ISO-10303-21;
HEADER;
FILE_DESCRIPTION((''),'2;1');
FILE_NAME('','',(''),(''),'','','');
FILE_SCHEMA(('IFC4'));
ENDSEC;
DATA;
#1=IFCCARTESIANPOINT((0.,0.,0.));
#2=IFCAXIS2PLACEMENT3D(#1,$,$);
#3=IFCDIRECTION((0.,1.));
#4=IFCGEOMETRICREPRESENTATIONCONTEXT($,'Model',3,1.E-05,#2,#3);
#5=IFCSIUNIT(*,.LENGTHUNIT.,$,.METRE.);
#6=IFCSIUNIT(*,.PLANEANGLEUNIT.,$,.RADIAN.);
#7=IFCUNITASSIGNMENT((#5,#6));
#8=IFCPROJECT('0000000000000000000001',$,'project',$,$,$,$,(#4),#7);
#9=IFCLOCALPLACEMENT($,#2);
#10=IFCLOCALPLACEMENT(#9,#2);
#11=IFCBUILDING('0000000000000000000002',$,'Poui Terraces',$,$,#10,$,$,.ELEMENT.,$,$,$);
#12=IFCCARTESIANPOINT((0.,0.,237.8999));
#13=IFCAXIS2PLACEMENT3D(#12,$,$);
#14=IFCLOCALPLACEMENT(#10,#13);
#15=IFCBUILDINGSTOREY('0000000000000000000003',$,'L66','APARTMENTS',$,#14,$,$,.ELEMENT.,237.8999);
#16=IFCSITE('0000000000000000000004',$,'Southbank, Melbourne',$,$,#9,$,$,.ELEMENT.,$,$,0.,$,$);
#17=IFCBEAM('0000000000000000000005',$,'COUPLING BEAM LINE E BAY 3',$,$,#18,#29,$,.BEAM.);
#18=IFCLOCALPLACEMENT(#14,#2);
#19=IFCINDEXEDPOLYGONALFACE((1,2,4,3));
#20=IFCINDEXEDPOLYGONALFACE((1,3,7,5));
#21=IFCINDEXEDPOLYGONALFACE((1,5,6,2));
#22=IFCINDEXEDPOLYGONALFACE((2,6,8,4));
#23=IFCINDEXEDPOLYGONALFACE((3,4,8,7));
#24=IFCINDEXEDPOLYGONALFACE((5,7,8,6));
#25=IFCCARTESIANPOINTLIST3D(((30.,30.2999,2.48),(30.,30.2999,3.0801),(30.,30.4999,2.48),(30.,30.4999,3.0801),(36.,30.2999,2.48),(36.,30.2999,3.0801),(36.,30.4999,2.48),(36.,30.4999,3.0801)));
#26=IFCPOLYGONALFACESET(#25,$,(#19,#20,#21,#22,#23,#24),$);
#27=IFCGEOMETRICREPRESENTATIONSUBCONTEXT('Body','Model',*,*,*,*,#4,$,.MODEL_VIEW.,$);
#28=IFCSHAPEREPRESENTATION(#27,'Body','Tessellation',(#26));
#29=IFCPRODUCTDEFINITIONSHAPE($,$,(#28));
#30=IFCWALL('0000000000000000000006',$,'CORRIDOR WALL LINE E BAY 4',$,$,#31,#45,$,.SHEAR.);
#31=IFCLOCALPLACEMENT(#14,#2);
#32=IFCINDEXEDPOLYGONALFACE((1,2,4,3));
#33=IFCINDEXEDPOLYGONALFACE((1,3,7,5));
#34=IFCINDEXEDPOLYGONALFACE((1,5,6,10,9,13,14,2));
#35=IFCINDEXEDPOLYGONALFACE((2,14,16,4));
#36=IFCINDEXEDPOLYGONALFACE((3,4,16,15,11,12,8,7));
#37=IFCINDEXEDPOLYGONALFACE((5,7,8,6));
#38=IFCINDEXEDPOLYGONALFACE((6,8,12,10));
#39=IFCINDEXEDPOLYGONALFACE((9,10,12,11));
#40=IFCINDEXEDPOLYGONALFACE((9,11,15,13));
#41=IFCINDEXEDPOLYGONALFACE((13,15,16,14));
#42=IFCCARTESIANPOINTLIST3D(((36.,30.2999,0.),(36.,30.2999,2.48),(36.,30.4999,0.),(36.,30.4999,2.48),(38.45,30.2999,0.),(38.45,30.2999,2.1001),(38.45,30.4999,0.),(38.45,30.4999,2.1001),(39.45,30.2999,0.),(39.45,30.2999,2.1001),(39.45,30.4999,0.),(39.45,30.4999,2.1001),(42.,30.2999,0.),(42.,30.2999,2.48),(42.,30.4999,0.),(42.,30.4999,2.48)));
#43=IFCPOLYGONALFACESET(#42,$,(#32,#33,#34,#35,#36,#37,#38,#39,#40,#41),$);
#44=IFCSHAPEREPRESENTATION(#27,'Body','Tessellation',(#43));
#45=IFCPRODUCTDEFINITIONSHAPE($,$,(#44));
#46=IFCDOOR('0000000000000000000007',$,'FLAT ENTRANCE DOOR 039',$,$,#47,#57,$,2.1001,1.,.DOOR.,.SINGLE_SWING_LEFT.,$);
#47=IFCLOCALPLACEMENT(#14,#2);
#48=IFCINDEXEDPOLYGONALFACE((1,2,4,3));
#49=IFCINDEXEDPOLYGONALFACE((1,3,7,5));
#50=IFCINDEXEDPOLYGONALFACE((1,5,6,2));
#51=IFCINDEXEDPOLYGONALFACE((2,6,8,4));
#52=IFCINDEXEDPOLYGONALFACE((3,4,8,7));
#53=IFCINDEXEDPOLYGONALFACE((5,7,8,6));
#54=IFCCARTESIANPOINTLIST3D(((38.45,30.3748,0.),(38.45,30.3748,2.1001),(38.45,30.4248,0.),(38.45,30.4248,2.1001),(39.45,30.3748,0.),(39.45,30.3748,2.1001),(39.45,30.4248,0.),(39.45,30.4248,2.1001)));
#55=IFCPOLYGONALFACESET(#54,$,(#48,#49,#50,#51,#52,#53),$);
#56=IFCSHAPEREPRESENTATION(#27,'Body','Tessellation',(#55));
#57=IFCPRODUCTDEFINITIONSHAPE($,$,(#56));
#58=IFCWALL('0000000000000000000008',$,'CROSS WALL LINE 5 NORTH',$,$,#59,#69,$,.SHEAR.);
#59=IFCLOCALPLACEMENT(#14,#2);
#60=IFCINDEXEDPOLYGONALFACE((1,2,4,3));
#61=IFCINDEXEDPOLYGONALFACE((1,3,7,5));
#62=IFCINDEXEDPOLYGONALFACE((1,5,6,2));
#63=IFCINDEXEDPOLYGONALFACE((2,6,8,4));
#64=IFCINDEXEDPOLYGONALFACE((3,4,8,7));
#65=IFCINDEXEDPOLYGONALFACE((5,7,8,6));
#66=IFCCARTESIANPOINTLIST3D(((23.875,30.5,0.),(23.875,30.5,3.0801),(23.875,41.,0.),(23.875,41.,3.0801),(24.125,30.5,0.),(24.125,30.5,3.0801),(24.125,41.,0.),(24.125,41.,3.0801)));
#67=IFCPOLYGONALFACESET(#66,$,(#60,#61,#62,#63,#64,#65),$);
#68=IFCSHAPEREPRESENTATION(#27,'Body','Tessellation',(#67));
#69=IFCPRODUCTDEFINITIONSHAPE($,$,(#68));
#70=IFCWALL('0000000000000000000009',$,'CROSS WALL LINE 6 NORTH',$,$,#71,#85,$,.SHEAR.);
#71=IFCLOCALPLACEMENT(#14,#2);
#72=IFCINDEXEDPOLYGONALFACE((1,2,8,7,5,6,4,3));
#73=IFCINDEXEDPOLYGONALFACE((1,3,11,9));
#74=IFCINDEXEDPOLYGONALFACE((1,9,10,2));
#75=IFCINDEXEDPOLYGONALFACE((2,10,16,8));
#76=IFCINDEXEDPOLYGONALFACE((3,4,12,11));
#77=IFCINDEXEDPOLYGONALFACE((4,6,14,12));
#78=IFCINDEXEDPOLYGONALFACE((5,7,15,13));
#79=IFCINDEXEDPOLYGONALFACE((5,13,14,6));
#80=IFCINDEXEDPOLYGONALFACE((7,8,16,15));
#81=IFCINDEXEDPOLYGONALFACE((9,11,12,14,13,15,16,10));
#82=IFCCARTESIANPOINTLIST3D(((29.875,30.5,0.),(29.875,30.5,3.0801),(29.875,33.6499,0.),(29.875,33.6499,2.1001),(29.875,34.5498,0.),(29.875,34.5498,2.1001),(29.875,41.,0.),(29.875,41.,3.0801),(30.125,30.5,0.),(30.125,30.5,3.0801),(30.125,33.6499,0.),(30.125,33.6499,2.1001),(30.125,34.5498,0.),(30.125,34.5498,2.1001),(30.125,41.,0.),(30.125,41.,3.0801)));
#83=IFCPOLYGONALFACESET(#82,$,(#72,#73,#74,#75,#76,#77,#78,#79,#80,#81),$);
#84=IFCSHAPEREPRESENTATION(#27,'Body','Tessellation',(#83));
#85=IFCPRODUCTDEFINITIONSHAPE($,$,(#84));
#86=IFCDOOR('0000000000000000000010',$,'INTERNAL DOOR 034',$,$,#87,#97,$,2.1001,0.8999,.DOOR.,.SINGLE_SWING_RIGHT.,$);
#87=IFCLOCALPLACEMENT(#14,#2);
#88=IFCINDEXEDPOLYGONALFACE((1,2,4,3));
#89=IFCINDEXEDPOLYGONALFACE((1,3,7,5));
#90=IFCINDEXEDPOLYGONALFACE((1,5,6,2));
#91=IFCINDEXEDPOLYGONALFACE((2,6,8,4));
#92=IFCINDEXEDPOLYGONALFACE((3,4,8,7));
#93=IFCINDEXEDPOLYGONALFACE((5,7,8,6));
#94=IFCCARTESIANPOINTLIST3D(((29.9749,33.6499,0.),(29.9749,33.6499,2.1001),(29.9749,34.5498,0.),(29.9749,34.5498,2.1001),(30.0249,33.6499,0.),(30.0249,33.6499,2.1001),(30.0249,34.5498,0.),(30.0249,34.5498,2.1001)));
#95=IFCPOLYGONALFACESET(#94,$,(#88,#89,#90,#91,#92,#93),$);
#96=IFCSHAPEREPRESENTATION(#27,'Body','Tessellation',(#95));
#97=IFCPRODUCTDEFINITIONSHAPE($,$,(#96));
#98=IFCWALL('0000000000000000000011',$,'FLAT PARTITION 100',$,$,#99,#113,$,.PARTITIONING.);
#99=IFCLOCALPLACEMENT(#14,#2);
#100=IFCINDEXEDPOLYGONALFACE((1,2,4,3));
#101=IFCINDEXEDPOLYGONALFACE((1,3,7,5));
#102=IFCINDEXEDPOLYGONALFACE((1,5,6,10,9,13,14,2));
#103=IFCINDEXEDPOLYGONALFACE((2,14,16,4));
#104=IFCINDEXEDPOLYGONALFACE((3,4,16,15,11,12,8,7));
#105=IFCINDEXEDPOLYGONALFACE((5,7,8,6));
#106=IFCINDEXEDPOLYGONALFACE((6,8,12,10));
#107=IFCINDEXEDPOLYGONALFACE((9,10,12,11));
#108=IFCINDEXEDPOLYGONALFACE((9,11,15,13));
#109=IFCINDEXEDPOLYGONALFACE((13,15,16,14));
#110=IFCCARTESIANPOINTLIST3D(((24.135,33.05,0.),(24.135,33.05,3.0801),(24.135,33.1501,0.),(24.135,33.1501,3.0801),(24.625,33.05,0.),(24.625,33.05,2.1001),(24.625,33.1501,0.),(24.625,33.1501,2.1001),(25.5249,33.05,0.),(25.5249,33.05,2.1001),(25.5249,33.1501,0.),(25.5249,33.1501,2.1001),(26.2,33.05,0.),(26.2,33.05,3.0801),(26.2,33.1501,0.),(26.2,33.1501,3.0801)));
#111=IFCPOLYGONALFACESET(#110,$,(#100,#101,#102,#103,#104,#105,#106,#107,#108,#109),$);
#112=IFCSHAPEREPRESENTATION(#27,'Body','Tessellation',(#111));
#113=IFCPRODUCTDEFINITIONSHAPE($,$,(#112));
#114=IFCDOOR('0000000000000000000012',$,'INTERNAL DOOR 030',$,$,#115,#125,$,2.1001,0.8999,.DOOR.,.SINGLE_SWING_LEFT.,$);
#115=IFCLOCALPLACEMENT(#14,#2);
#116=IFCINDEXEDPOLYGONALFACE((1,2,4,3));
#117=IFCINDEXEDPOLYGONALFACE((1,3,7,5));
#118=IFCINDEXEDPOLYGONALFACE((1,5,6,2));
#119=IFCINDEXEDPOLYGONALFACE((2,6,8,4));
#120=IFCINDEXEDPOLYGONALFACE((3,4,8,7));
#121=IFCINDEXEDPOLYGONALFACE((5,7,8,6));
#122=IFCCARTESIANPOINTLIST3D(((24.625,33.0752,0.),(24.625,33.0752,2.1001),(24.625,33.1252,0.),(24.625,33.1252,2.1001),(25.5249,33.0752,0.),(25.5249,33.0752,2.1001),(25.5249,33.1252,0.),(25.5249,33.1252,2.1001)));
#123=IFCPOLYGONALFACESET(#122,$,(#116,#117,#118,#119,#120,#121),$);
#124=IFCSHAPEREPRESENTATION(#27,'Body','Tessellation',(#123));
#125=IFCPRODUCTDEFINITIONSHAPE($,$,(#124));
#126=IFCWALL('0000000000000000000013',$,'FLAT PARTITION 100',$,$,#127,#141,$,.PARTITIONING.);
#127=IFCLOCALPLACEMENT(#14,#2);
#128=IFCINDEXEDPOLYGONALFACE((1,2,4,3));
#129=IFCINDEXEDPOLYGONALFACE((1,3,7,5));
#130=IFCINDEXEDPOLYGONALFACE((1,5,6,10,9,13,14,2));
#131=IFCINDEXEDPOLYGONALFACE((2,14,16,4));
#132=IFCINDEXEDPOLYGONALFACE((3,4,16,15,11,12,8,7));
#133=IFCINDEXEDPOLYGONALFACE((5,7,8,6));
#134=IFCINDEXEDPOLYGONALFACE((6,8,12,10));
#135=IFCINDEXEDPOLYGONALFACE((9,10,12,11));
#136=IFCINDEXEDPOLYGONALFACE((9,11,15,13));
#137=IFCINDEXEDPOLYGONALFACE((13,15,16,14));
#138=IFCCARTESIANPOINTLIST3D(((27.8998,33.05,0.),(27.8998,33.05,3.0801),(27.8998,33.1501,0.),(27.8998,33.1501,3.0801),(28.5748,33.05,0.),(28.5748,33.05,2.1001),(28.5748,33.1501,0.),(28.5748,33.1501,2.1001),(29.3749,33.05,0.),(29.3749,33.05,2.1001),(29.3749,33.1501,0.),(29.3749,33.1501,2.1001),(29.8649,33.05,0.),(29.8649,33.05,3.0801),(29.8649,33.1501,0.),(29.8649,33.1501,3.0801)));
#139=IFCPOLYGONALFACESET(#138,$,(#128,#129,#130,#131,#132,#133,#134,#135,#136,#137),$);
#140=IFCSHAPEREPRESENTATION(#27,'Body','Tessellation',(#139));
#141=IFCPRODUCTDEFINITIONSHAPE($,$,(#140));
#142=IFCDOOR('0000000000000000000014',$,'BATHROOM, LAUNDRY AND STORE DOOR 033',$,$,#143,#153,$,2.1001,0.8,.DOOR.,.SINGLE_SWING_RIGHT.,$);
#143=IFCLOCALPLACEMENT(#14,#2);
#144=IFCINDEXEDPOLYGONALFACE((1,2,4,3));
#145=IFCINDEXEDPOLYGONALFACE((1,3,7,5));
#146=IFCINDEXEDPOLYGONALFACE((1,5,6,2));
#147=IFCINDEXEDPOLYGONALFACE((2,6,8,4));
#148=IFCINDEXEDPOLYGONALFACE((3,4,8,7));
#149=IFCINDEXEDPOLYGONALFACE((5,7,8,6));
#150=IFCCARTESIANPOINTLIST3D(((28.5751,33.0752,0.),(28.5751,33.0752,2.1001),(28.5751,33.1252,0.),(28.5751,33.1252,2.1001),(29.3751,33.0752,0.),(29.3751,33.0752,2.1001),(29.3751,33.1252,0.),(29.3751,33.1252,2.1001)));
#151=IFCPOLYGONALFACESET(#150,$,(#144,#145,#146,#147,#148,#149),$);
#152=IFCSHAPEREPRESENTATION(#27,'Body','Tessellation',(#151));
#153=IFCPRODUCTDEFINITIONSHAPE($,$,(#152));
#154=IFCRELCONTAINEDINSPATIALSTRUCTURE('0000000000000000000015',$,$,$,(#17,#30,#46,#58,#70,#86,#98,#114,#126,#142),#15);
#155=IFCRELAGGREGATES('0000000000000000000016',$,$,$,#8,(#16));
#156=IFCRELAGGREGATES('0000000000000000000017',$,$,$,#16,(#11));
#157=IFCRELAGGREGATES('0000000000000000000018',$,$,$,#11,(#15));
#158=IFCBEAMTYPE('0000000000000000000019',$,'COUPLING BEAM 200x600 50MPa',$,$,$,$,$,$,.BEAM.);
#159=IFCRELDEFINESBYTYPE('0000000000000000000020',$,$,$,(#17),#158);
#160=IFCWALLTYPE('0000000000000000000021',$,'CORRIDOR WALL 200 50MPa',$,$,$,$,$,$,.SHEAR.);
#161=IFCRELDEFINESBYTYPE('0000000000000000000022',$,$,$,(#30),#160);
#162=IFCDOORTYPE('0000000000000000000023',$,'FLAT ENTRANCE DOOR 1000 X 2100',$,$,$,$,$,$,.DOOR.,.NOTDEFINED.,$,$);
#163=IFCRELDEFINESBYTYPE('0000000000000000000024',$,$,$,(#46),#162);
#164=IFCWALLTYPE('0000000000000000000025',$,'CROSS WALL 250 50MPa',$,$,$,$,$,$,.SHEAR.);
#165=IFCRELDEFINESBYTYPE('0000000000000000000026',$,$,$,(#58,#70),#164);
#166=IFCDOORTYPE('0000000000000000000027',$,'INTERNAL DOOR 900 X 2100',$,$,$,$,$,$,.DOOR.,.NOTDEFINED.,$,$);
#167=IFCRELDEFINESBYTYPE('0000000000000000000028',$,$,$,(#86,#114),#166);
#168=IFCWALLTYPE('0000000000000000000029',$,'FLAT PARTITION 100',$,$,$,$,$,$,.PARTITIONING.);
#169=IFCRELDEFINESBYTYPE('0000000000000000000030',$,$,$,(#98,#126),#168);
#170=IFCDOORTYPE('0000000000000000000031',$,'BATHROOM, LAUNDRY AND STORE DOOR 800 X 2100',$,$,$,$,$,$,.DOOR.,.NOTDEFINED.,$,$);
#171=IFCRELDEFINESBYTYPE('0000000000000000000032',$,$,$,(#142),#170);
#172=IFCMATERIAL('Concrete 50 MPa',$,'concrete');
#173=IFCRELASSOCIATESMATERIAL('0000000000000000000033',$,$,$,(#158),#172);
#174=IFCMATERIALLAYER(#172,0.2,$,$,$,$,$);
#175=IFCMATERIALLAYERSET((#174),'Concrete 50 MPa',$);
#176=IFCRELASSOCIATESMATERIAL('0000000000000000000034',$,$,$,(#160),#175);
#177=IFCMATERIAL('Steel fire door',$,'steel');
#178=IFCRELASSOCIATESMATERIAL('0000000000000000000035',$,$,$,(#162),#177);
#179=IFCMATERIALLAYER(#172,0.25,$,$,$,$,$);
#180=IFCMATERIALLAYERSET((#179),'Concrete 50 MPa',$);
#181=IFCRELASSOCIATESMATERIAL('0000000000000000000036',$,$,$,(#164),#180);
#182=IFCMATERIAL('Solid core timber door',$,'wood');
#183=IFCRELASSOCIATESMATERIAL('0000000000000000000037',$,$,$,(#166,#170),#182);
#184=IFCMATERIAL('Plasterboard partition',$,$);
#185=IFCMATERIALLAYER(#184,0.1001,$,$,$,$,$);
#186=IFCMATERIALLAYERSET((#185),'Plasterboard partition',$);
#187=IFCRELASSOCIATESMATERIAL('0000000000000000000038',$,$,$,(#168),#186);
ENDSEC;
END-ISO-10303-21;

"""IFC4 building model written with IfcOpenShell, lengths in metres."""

from ifc_helpers import new_model, si_unit, direction, frame, frame_2d, origin, origin_2d, place, context, subcontext, project, spatial, rectangle, extrude, source, transform, mapped, material, layer, layer_set, material_profile, profile_set, type_object, element, fill, save


model = new_model("IFC4")

# Units and contexts
model_context = context("Model", 3, precision=1e-05, world=origin(), true_north=direction((0.0, 1.0)))
body_context = subcontext(model_context, "Body", "Model", "MODEL_VIEW")
ifc_project = project(units=[si_unit("LENGTHUNIT", "METRE"), si_unit("PLANEANGLEUNIT", "RADIAN")], contexts=[model_context])

# Site, building, storey
site_placement = place(None, origin())
site = spatial("IfcSite", under=ifc_project, at=site_placement, Name="Southbank, Melbourne", CompositionType="ELEMENT", RefElevation=0.0)
building_placement = place(site_placement, origin())
building = spatial("IfcBuilding", under=site, at=building_placement, Name="Poui Terraces", CompositionType="ELEMENT")
storey_placement = place(building_placement, frame((0.0, 0.0, 237.8999)))
storey = spatial("IfcBuildingStorey", under=building, at=storey_placement, Name="L66", Description="APARTMENTS", CompositionType="ELEMENT", Elevation=237.8999)

# Beam
ifc_material_1 = material(Name="Concrete 50 MPa", Category="concrete")
ifc_material_profile_1 = material_profile(ifc_material_1, rectangle(XDim=0.2, YDim=0.6001, at=origin_2d()), Name="RC 200x600")
ifc_profile_set_1 = profile_set([ifc_material_profile_1], Name="Concrete 50 MPa")
beam_type = type_object("IfcBeamType", Name="COUPLING BEAM 200x600 50MPa", PredefinedType="BEAM", material=ifc_profile_set_1)
shared_shape_1 = source(origin(), body_context, "Body", "SweptSolid", [
    extrude(rectangle(XDim=0.2, YDim=0.6001, at=origin_2d()), origin(), (0.0, 0.0, 1.0), 6.0),
])
beam_placement = place(storey_placement, frame((30.0, 30.3999, 2.78), z_axis=(1.0, 0.0, 0.0), x_axis=(0.0, 1.0, 0.0)))
element("IfcBeam", 1, at=beam_placement, inside=storey, type_object=beam_type, Name="COUPLING BEAM LINE E BAY 3", PredefinedType="BEAM", context=body_context, shape_type="MappedRepresentation", body=[
    mapped(shared_shape_1, transform((0.0, 0.0, 0.0))),
])

# Wall, opening, door
ifc_layer_1 = layer(ifc_material_1, 0.2)
ifc_layer_set_1 = layer_set([ifc_layer_1], Name="Concrete 50 MPa")
wall_type_1 = type_object("IfcWallType", Name="CORRIDOR WALL 200 50MPa", PredefinedType="SHEAR", material=ifc_layer_set_1)
wall_1_placement = place(storey_placement, frame((36.0, 30.3999, 0.0), z_axis=(0.0, 0.0, 1.0), x_axis=(1.0, 0.0, 0.0)))
wall_1 = element("IfcWall", 2, at=wall_1_placement, inside=storey, type_object=wall_type_1, Name="CORRIDOR WALL LINE E BAY 4", PredefinedType="SHEAR", context=body_context, shape_type="SweptSolid", body=[
    extrude(rectangle(XDim=6.0, YDim=0.2, at=frame_2d((3.0, 0.0))), origin(), (0.0, 0.0, 1.0), 2.48),
])
opening_1_placement = place(wall_1_placement, frame((2.45, 0.0, 0.0)))
opening_1 = element("IfcOpeningElement", 3, at=opening_1_placement, cuts=wall_1, PredefinedType="OPENING", context=body_context, shape_type="SweptSolid", body=[
    extrude(rectangle(XDim=1.0, YDim=2.1001, at=frame_2d((0.5, 1.05))), frame((0.0, 0.1099, 0.0), z_axis=(0.0, -1.0, 0.0), x_axis=(1.0, 0.0, 0.0)), (0.0, 0.0, 1.0), 0.22),
])
ifc_material_2 = material(Name="Steel fire door", Category="steel")
door_type_1 = type_object("IfcDoorType", Name="FLAT ENTRANCE DOOR 1000 X 2100", OperationType="NOTDEFINED", PredefinedType="DOOR", material=ifc_material_2)
door_1_placement = place(opening_1_placement, origin())
door_1 = element("IfcDoor", 4, at=door_1_placement, inside=storey, type_object=door_type_1, Name="FLAT ENTRANCE DOOR 039", OperationType="SINGLE_SWING_LEFT", OverallHeight=2.1001, OverallWidth=1.0, PredefinedType="DOOR", context=body_context, shape_type="SweptSolid", body=[
    extrude(rectangle(XDim=1.0, YDim=2.1001, at=frame_2d((0.5, 1.05))), frame((0.0, 0.0249, 0.0), z_axis=(0.0, -1.0, 0.0), x_axis=(1.0, 0.0, 0.0)), (0.0, 0.0, 1.0), 0.05),
])
fill(opening_1, door_1)

# Wall
ifc_layer_2 = layer(ifc_material_1, 0.25)
ifc_layer_set_2 = layer_set([ifc_layer_2], Name="Concrete 50 MPa")
wall_type_2 = type_object("IfcWallType", Name="CROSS WALL 250 50MPa", PredefinedType="SHEAR", material=ifc_layer_set_2)
wall_2_placement = place(storey_placement, frame((24.0, 30.5, 0.0), z_axis=(0.0, 0.0, 1.0), x_axis=(0.0, 1.0, 0.0)))
element("IfcWall", 5, at=wall_2_placement, inside=storey, type_object=wall_type_2, Name="CROSS WALL LINE 5 NORTH", PredefinedType="SHEAR", context=body_context, shape_type="SweptSolid", body=[
    extrude(rectangle(XDim=10.5, YDim=0.25, at=frame_2d((5.25, 0.0))), origin(), (0.0, 0.0, 1.0), 3.0801),
])

# Walls, openings, doors
wall_3_placement = place(storey_placement, frame((30.0, 30.5, 0.0), z_axis=(0.0, 0.0, 1.0), x_axis=(0.0, 1.0, 0.0)))
wall_3 = element("IfcWall", 6, at=wall_3_placement, inside=storey, type_object=wall_type_2, Name="CROSS WALL LINE 6 NORTH", PredefinedType="SHEAR", context=body_context, shape_type="SweptSolid", body=[
    extrude(rectangle(XDim=10.5, YDim=0.25, at=frame_2d((5.25, 0.0))), origin(), (0.0, 0.0, 1.0), 3.0801),
])
opening_2_placement = place(wall_3_placement, frame((3.1499, 0.0, 0.0)))
opening_2 = element("IfcOpeningElement", 7, at=opening_2_placement, cuts=wall_3, PredefinedType="OPENING", context=body_context, shape_type="SweptSolid", body=[
    extrude(rectangle(XDim=0.8999, YDim=2.1001, at=frame_2d((0.45, 1.05))), frame((0.0, 0.135, 0.0), z_axis=(0.0, -1.0, 0.0), x_axis=(1.0, 0.0, 0.0)), (0.0, 0.0, 1.0), 0.27),
])
ifc_material_3 = material(Name="Solid core timber door", Category="wood")
door_type_2 = type_object("IfcDoorType", Name="INTERNAL DOOR 900 X 2100", OperationType="NOTDEFINED", PredefinedType="DOOR", material=ifc_material_3)
door_2_placement = place(opening_2_placement, frame((0.8999, 0.0, 0.0), z_axis=(0.0, 0.0, 1.0), x_axis=(-1.0, 0.0, 0.0)))
door_2 = element("IfcDoor", 8, at=door_2_placement, inside=storey, type_object=door_type_2, Name="INTERNAL DOOR 034", OperationType="SINGLE_SWING_RIGHT", OverallHeight=2.1001, OverallWidth=0.8999, PredefinedType="DOOR", context=body_context, shape_type="SweptSolid", body=[
    extrude(rectangle(XDim=0.8999, YDim=2.1001, at=frame_2d((0.45, 1.05))), frame((0.0, 0.0249, 0.0), z_axis=(0.0, -1.0, 0.0), x_axis=(1.0, 0.0, 0.0)), (0.0, 0.0, 1.0), 0.05),
])
fill(opening_2, door_2)
ifc_material_4 = material(Name="Plasterboard partition")
ifc_layer_3 = layer(ifc_material_4, 0.1001)
ifc_layer_set_3 = layer_set([ifc_layer_3], Name="Plasterboard partition")
wall_type_3 = type_object("IfcWallType", Name="FLAT PARTITION 100", PredefinedType="PARTITIONING", material=ifc_layer_set_3)
wall_4_placement = place(storey_placement, frame((24.135, 33.1001, 0.0), z_axis=(0.0, 0.0, 1.0), x_axis=(1.0, 0.0, 0.0)))
wall_4 = element("IfcWall", 9, at=wall_4_placement, inside=storey, type_object=wall_type_3, Name="FLAT PARTITION 100", PredefinedType="PARTITIONING", context=body_context, shape_type="SweptSolid", body=[
    extrude(rectangle(XDim=2.0649, YDim=0.1001, at=frame_2d((1.0325, 0.0))), origin(), (0.0, 0.0, 1.0), 3.0801),
])
opening_3_placement = place(wall_4_placement, frame((0.49, 0.0, 0.0)))
opening_3 = element("IfcOpeningElement", 10, at=opening_3_placement, cuts=wall_4, PredefinedType="OPENING", context=body_context, shape_type="SweptSolid", body=[
    extrude(rectangle(XDim=0.8999, YDim=2.1001, at=frame_2d((0.45, 1.05))), frame((0.0, 0.0601, 0.0), z_axis=(0.0, -1.0, 0.0), x_axis=(1.0, 0.0, 0.0)), (0.0, 0.0, 1.0), 0.1201),
])
door_3_placement = place(opening_3_placement, frame((0.8999, 0.0, 0.0), z_axis=(0.0, 0.0, 1.0), x_axis=(-1.0, 0.0, 0.0)))
door_3 = element("IfcDoor", 11, at=door_3_placement, inside=storey, type_object=door_type_2, Name="INTERNAL DOOR 030", OperationType="SINGLE_SWING_LEFT", OverallHeight=2.1001, OverallWidth=0.8999, PredefinedType="DOOR", context=body_context, shape_type="SweptSolid", body=[
    extrude(rectangle(XDim=0.8999, YDim=2.1001, at=frame_2d((0.45, 1.05))), frame((0.0, 0.0249, 0.0), z_axis=(0.0, -1.0, 0.0), x_axis=(1.0, 0.0, 0.0)), (0.0, 0.0, 1.0), 0.05),
])
fill(opening_3, door_3)
wall_5_placement = place(storey_placement, frame((27.8999, 33.1001, 0.0), z_axis=(0.0, 0.0, 1.0), x_axis=(1.0, 0.0, 0.0)))
wall_5 = element("IfcWall", 12, at=wall_5_placement, inside=storey, type_object=wall_type_3, Name="FLAT PARTITION 100", PredefinedType="PARTITIONING", context=body_context, shape_type="SweptSolid", body=[
    extrude(rectangle(XDim=1.9651, YDim=0.1001, at=frame_2d((0.9824, 0.0))), origin(), (0.0, 0.0, 1.0), 3.0801),
])
opening_4_placement = place(wall_5_placement, frame((0.675, 0.0, 0.0)))
opening_4 = element("IfcOpeningElement", 13, at=opening_4_placement, cuts=wall_5, PredefinedType="OPENING", context=body_context, shape_type="SweptSolid", body=[
    extrude(rectangle(XDim=0.8, YDim=2.1001, at=frame_2d((0.3999, 1.05))), frame((0.0, 0.0601, 0.0), z_axis=(0.0, -1.0, 0.0), x_axis=(1.0, 0.0, 0.0)), (0.0, 0.0, 1.0), 0.1201),
])
door_type_3 = type_object("IfcDoorType", Name="BATHROOM, LAUNDRY AND STORE DOOR 800 X 2100", OperationType="NOTDEFINED", PredefinedType="DOOR", material=ifc_material_3)
door_4_placement = place(opening_4_placement, frame((0.8, 0.0, 0.0), z_axis=(0.0, 0.0, 1.0), x_axis=(-1.0, 0.0, 0.0)))
door_4 = element("IfcDoor", 14, at=door_4_placement, inside=storey, type_object=door_type_3, Name="BATHROOM, LAUNDRY AND STORE DOOR 033", OperationType="SINGLE_SWING_RIGHT", OverallHeight=2.1001, OverallWidth=0.8, PredefinedType="DOOR", context=body_context, shape_type="SweptSolid", body=[
    extrude(rectangle(XDim=0.8, YDim=2.1001, at=frame_2d((0.3999, 1.05))), frame((0.0, 0.0249, 0.0), z_axis=(0.0, -1.0, 0.0), x_axis=(1.0, 0.0, 0.0)), (0.0, 0.0, 1.0), 0.05),
])
fill(opening_4, door_4)

save(model, "model.ifc")
